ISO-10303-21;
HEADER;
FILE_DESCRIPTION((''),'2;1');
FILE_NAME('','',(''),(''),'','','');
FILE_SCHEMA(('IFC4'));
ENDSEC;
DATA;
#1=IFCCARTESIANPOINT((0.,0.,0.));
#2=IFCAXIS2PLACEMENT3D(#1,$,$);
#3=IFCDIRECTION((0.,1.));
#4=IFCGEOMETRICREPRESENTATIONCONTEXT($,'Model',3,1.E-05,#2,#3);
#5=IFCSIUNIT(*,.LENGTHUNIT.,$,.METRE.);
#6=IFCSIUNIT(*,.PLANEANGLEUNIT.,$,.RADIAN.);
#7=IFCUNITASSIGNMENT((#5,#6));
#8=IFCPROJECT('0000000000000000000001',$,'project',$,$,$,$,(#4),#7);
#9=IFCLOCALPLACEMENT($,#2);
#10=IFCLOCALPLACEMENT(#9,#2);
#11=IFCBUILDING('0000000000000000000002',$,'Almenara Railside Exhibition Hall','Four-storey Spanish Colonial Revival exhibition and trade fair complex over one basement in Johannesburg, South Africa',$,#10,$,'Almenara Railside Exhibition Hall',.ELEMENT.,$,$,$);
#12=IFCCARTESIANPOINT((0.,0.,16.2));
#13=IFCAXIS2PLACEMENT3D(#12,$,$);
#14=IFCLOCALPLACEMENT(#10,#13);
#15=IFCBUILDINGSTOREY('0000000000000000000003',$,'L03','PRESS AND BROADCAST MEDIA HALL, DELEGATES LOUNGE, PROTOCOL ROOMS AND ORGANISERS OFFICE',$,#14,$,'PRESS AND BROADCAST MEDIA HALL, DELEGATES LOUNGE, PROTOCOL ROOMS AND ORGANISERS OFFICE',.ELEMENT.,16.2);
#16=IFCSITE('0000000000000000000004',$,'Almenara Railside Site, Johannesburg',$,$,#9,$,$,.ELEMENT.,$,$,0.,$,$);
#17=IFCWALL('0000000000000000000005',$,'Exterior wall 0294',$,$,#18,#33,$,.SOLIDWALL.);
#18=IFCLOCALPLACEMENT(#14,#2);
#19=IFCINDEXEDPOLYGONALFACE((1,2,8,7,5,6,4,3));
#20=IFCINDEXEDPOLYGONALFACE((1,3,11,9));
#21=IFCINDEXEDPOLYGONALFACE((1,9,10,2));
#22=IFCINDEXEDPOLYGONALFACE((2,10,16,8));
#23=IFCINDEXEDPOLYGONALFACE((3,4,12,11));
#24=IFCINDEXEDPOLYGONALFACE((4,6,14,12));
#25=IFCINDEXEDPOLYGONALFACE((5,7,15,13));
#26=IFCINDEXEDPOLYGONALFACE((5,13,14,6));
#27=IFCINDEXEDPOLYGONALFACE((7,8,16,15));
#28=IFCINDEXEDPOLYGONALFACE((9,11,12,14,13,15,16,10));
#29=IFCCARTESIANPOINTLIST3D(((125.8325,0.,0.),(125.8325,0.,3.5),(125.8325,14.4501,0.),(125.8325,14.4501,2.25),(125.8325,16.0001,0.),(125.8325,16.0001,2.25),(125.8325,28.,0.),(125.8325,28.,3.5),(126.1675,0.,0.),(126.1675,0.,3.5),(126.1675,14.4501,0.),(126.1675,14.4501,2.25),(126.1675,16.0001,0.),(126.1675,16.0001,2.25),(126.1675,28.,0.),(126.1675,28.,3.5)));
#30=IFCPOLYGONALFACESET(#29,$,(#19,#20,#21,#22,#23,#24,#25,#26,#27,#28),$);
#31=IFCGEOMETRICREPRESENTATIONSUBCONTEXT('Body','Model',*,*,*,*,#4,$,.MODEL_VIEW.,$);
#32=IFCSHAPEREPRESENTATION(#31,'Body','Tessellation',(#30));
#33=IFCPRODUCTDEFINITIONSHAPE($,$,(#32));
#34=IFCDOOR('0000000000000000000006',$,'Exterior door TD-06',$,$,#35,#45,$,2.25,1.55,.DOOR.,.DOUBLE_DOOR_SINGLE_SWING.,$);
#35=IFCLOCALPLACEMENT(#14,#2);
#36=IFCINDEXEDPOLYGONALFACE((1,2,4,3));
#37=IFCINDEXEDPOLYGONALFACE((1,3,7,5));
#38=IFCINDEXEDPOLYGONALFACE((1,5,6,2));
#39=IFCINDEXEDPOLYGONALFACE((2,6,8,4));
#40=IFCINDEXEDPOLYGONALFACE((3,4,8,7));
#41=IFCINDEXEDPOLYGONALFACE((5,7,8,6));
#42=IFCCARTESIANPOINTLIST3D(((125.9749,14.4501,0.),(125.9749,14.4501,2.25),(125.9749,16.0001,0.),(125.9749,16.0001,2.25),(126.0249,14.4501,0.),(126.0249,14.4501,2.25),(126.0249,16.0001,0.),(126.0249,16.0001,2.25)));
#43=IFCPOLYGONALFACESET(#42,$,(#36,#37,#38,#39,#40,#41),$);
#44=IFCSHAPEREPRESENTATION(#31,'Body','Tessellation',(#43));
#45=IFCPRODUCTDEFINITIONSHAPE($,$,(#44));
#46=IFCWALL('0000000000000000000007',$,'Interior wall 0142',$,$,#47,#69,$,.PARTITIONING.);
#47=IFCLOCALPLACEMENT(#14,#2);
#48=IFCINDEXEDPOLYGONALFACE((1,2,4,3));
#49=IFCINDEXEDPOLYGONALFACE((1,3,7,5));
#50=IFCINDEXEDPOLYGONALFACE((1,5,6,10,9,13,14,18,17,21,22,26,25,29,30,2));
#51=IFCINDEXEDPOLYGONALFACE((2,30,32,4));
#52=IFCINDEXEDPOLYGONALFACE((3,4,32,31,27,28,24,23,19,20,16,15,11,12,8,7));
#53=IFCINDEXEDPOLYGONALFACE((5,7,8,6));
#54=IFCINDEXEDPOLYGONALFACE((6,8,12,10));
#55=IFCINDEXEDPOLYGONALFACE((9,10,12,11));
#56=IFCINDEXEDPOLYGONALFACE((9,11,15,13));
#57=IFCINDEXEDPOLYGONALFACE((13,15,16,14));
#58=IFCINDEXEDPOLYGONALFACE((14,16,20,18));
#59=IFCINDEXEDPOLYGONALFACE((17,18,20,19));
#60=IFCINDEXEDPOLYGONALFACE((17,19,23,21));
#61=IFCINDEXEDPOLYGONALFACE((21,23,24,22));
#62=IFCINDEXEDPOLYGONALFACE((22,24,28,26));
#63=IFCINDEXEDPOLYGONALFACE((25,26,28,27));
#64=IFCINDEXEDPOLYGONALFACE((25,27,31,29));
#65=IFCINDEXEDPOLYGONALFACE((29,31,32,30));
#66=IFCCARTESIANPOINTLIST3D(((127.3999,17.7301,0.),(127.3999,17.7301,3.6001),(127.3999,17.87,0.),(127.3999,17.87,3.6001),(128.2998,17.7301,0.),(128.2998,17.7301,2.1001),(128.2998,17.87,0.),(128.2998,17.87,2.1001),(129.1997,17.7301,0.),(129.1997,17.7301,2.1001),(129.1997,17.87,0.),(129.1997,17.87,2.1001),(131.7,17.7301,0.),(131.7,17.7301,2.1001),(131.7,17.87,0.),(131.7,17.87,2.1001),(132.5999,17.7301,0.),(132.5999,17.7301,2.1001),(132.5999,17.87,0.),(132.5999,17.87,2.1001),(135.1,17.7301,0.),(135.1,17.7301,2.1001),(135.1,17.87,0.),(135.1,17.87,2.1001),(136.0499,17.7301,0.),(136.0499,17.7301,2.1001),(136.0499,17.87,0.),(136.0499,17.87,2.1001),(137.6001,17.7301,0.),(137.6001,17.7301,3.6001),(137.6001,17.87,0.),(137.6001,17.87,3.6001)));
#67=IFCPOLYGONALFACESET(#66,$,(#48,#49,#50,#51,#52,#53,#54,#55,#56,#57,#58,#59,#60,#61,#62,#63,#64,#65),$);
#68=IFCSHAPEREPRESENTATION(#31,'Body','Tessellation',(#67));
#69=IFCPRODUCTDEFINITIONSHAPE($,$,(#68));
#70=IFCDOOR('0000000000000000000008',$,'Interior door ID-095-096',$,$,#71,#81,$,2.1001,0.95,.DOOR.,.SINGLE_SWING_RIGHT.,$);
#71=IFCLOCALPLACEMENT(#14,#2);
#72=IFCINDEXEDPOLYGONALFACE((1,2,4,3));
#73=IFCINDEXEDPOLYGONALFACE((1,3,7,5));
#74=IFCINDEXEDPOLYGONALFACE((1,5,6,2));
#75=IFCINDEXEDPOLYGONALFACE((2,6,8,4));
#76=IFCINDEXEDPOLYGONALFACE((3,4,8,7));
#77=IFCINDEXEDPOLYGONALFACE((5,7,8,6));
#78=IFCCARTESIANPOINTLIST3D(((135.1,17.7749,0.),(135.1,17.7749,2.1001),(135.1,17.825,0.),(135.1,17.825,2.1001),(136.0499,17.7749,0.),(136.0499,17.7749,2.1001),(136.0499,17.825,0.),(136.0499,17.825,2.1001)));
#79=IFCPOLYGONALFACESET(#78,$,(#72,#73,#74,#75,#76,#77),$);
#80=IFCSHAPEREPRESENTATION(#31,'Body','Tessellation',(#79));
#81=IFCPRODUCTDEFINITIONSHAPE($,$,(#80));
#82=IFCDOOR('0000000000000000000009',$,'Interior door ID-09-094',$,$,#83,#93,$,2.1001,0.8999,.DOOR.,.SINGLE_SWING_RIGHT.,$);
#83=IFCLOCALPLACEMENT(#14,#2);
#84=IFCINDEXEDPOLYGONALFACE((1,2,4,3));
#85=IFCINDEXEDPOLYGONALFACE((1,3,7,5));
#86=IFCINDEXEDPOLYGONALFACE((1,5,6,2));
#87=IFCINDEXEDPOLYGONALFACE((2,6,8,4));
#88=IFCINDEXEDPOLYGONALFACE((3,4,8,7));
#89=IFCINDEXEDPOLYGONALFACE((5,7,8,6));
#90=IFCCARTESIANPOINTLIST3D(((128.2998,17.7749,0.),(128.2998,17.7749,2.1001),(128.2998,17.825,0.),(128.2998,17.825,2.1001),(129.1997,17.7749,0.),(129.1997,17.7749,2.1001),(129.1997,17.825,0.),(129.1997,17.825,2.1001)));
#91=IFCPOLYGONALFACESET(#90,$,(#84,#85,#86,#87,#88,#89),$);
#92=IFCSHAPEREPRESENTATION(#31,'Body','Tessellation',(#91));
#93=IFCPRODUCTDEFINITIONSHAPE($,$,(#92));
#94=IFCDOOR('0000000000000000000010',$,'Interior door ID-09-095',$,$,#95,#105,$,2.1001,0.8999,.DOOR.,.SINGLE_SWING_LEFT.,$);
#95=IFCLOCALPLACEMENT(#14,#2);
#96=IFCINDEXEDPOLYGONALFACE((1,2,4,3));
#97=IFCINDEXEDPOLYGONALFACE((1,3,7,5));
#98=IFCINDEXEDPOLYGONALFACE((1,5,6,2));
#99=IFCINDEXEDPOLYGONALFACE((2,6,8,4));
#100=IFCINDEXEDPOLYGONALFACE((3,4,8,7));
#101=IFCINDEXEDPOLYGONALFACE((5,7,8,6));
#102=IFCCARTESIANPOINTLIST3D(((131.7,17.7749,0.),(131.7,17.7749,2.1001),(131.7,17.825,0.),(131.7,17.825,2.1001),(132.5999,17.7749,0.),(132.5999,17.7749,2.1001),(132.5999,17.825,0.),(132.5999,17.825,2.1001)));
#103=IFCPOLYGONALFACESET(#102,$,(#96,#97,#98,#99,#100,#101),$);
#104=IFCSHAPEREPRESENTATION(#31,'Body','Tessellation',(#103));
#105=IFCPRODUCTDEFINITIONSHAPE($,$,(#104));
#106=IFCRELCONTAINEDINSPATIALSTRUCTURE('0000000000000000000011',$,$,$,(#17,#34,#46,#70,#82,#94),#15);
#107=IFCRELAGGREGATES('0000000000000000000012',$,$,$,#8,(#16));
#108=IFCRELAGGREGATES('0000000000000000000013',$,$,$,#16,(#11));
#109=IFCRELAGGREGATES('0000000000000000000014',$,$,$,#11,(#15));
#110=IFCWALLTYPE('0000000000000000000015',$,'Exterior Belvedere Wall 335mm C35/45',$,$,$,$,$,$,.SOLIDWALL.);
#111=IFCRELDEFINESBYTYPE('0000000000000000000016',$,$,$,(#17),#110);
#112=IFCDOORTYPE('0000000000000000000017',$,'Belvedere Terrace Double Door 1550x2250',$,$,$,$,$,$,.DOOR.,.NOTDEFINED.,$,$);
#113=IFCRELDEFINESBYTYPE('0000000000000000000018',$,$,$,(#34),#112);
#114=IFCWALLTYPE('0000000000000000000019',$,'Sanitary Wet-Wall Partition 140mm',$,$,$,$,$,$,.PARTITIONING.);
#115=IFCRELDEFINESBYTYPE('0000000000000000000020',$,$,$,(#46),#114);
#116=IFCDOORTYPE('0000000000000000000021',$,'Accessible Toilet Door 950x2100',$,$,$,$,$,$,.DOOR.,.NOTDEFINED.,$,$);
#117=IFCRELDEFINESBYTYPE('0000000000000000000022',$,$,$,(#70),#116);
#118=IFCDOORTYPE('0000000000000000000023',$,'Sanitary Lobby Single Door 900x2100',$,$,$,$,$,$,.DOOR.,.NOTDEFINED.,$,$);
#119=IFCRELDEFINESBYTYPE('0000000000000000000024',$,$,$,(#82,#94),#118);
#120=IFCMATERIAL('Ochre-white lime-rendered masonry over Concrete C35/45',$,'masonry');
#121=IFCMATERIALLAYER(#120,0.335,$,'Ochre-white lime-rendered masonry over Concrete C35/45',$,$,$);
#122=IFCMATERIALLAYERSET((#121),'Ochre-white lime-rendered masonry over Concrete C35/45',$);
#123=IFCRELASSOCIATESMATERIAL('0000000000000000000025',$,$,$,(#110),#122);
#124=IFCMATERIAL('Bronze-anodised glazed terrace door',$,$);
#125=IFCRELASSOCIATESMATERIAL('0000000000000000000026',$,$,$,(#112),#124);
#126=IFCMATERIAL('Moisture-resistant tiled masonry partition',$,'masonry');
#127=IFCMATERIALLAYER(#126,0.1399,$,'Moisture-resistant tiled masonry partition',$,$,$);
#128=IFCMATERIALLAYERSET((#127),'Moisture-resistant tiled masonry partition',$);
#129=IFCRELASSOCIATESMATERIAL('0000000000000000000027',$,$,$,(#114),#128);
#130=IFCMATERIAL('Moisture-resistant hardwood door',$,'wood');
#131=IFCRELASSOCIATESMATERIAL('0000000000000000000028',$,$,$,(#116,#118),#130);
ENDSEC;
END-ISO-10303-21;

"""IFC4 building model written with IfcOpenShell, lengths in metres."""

from ifc_helpers import new_model, si_unit, direction, frame, frame_2d, origin, place, context, subcontext, project, spatial, rectangle, extrude, material, layer, layer_set, type_object, element, fill, save


model = new_model("IFC4")

# Units and contexts
model_context = context("Model", 3, precision=1e-05, world=origin(), true_north=direction((0.0, 1.0)))
body_context = subcontext(model_context, "Body", "Model", "MODEL_VIEW")
ifc_project = project(units=[si_unit("LENGTHUNIT", "METRE"), si_unit("PLANEANGLEUNIT", "RADIAN")], contexts=[model_context])

# Site, building, storey
site_placement = place(None, origin())
site = spatial("IfcSite", under=ifc_project, at=site_placement, Name="Almenara Railside Site, Johannesburg", CompositionType="ELEMENT", RefElevation=0.0)
building_placement = place(site_placement, origin())
building = spatial("IfcBuilding", under=site, at=building_placement, Name="Almenara Railside Exhibition Hall", Description="Four-storey Spanish Colonial Revival exhibition and trade fair complex over one basement in Johannesburg, South Africa", LongName="Almenara Railside Exhibition Hall", CompositionType="ELEMENT")
storey_placement = place(building_placement, frame((0.0, 0.0, 16.2)))
storey = spatial("IfcBuildingStorey", under=building, at=storey_placement, Name="L03", Description="PRESS AND BROADCAST MEDIA HALL, DELEGATES LOUNGE, PROTOCOL ROOMS AND ORGANISERS OFFICE", LongName="PRESS AND BROADCAST MEDIA HALL, DELEGATES LOUNGE, PROTOCOL ROOMS AND ORGANISERS OFFICE", CompositionType="ELEMENT", Elevation=16.2)

# Shared definitions
ifc_material_1 = material(Name="Ochre-white lime-rendered masonry over Concrete C35/45", Category="masonry")
ifc_layer_1 = layer(ifc_material_1, 0.335, Name="Ochre-white lime-rendered masonry over Concrete C35/45")
ifc_layer_set_1 = layer_set([ifc_layer_1], Name="Ochre-white lime-rendered masonry over Concrete C35/45")
wall_type_1 = type_object("IfcWallType", Name="Exterior Belvedere Wall 335mm C35/45", PredefinedType="SOLIDWALL", material=ifc_layer_set_1)

# Wall, opening, door
wall_1_placement = place(storey_placement, frame((126.0, 28.0, 0.0), z_axis=(0.0, 0.0, 1.0), x_axis=(0.0, -1.0, 0.0)))
wall_1 = element("IfcWall", 1, at=wall_1_placement, inside=storey, type_object=wall_type_1, Name="Exterior wall 0294", PredefinedType="SOLIDWALL", context=body_context, shape_type="SweptSolid", body=[
    extrude(rectangle(XDim=28.0, YDim=0.335, at=frame_2d((14.0, 0.0))), origin(), (0.0, 0.0, 1.0), 3.5),
])
opening_1_placement = place(wall_1_placement, frame((12.0, 0.0, 0.0)))
opening_1 = element("IfcOpeningElement", 2, at=opening_1_placement, cuts=wall_1, PredefinedType="OPENING", context=body_context, shape_type="SweptSolid", body=[
    extrude(rectangle(XDim=1.55, YDim=2.25, at=frame_2d((0.7749, 1.125))), frame((0.0, 0.1775, 0.0), z_axis=(0.0, -1.0, 0.0), x_axis=(1.0, 0.0, 0.0)), (0.0, 0.0, 1.0), 0.355),
])
ifc_material_2 = material(Name="Bronze-anodised glazed terrace door")
door_type_1 = type_object("IfcDoorType", Name="Belvedere Terrace Double Door 1550x2250", OperationType="NOTDEFINED", PredefinedType="DOOR", material=ifc_material_2)
door_1_placement = place(opening_1_placement, origin())
door_1 = element("IfcDoor", 3, at=door_1_placement, inside=storey, type_object=door_type_1, Name="Exterior door TD-06", OperationType="DOUBLE_DOOR_SINGLE_SWING", OverallHeight=2.25, OverallWidth=1.55, PredefinedType="DOOR", context=body_context, shape_type="SweptSolid", body=[
    extrude(rectangle(XDim=1.55, YDim=2.25, at=frame_2d((0.7749, 1.125))), frame((0.0, 0.0249, 0.0), z_axis=(0.0, -1.0, 0.0), x_axis=(1.0, 0.0, 0.0)), (0.0, 0.0, 1.0), 0.05),
])
fill(opening_1, door_1)

# Wall, openings, doors
ifc_material_3 = material(Name="Moisture-resistant tiled masonry partition", Category="masonry")
ifc_layer_2 = layer(ifc_material_3, 0.1399, Name="Moisture-resistant tiled masonry partition")
ifc_layer_set_2 = layer_set([ifc_layer_2], Name="Moisture-resistant tiled masonry partition")
wall_type_2 = type_object("IfcWallType", Name="Sanitary Wet-Wall Partition 140mm", PredefinedType="PARTITIONING", material=ifc_layer_set_2)
wall_2_placement = place(storey_placement, frame((127.3999, 17.8, 0.0), z_axis=(0.0, 0.0, 1.0), x_axis=(1.0, 0.0, 0.0)))
wall_2 = element("IfcWall", 4, at=wall_2_placement, inside=storey, type_object=wall_type_2, Name="Interior wall 0142", PredefinedType="PARTITIONING", context=body_context, shape_type="SweptSolid", body=[
    extrude(rectangle(XDim=10.2002, YDim=0.1399, at=frame_2d((5.1001, 0.0))), origin(), (0.0, 0.0, 1.0), 3.6001),
])
opening_2_placement = place(wall_2_placement, frame((0.8999, 0.0, 0.0)))
opening_2 = element("IfcOpeningElement", 5, at=opening_2_placement, cuts=wall_2, PredefinedType="OPENING", context=body_context, shape_type="SweptSolid", body=[
    extrude(rectangle(XDim=0.8999, YDim=2.1001, at=frame_2d((0.45, 1.05))), frame((0.0, 0.0798, 0.0), z_axis=(0.0, -1.0, 0.0), x_axis=(1.0, 0.0, 0.0)), (0.0, 0.0, 1.0), 0.1599),
])
opening_3_placement = place(wall_2_placement, frame((4.3, 0.0, 0.0)))
opening_3 = element("IfcOpeningElement", 6, at=opening_3_placement, cuts=wall_2, PredefinedType="OPENING", context=body_context, shape_type="SweptSolid", body=[
    extrude(rectangle(XDim=0.8999, YDim=2.1001, at=frame_2d((0.45, 1.05))), frame((0.0, 0.0798, 0.0), z_axis=(0.0, -1.0, 0.0), x_axis=(1.0, 0.0, 0.0)), (0.0, 0.0, 1.0), 0.1599),
])
opening_4_placement = place(wall_2_placement, frame((7.7, 0.0, 0.0)))
opening_4 = element("IfcOpeningElement", 7, at=opening_4_placement, cuts=wall_2, PredefinedType="OPENING", context=body_context, shape_type="SweptSolid", body=[
    extrude(rectangle(XDim=0.95, YDim=2.1001, at=frame_2d((0.4751, 1.05))), frame((0.0, 0.0798, 0.0), z_axis=(0.0, -1.0, 0.0), x_axis=(1.0, 0.0, 0.0)), (0.0, 0.0, 1.0), 0.1599),
])
ifc_material_4 = material(Name="Moisture-resistant hardwood door", Category="wood")
door_type_2 = type_object("IfcDoorType", Name="Accessible Toilet Door 950x2100", OperationType="NOTDEFINED", PredefinedType="DOOR", material=ifc_material_4)
door_2_placement = place(opening_4_placement, origin())
door_2 = element("IfcDoor", 8, at=door_2_placement, inside=storey, type_object=door_type_2, Name="Interior door ID-095-096", OperationType="SINGLE_SWING_RIGHT", OverallHeight=2.1001, OverallWidth=0.95, PredefinedType="DOOR", context=body_context, shape_type="SweptSolid", body=[
    extrude(rectangle(XDim=0.95, YDim=2.1001, at=frame_2d((0.4751, 1.05))), frame((0.0, 0.0249, 0.0), z_axis=(0.0, -1.0, 0.0), x_axis=(1.0, 0.0, 0.0)), (0.0, 0.0, 1.0), 0.05),
])
fill(opening_4, door_2)
door_type_3 = type_object("IfcDoorType", Name="Sanitary Lobby Single Door 900x2100", OperationType="NOTDEFINED", PredefinedType="DOOR", material=ifc_material_4)
door_3_placement = place(opening_2_placement, origin())
door_3 = element("IfcDoor", 9, at=door_3_placement, inside=storey, type_object=door_type_3, Name="Interior door ID-09-094", OperationType="SINGLE_SWING_RIGHT", OverallHeight=2.1001, OverallWidth=0.8999, PredefinedType="DOOR", context=body_context, shape_type="SweptSolid", body=[
    extrude(rectangle(XDim=0.8999, YDim=2.1001, at=frame_2d((0.45, 1.05))), frame((0.0, 0.0249, 0.0), z_axis=(0.0, -1.0, 0.0), x_axis=(1.0, 0.0, 0.0)), (0.0, 0.0, 1.0), 0.05),
])
fill(opening_2, door_3)
door_4_placement = place(opening_3_placement, origin())
door_4 = element("IfcDoor", 10, at=door_4_placement, inside=storey, type_object=door_type_3, Name="Interior door ID-09-095", OperationType="SINGLE_SWING_LEFT", OverallHeight=2.1001, OverallWidth=0.8999, PredefinedType="DOOR", context=body_context, shape_type="SweptSolid", body=[
    extrude(rectangle(XDim=0.8999, YDim=2.1001, at=frame_2d((0.45, 1.05))), frame((0.0, 0.0249, 0.0), z_axis=(0.0, -1.0, 0.0), x_axis=(1.0, 0.0, 0.0)), (0.0, 0.0, 1.0), 0.05),
])
fill(opening_3, door_4)

save(model, "model.ifc")
